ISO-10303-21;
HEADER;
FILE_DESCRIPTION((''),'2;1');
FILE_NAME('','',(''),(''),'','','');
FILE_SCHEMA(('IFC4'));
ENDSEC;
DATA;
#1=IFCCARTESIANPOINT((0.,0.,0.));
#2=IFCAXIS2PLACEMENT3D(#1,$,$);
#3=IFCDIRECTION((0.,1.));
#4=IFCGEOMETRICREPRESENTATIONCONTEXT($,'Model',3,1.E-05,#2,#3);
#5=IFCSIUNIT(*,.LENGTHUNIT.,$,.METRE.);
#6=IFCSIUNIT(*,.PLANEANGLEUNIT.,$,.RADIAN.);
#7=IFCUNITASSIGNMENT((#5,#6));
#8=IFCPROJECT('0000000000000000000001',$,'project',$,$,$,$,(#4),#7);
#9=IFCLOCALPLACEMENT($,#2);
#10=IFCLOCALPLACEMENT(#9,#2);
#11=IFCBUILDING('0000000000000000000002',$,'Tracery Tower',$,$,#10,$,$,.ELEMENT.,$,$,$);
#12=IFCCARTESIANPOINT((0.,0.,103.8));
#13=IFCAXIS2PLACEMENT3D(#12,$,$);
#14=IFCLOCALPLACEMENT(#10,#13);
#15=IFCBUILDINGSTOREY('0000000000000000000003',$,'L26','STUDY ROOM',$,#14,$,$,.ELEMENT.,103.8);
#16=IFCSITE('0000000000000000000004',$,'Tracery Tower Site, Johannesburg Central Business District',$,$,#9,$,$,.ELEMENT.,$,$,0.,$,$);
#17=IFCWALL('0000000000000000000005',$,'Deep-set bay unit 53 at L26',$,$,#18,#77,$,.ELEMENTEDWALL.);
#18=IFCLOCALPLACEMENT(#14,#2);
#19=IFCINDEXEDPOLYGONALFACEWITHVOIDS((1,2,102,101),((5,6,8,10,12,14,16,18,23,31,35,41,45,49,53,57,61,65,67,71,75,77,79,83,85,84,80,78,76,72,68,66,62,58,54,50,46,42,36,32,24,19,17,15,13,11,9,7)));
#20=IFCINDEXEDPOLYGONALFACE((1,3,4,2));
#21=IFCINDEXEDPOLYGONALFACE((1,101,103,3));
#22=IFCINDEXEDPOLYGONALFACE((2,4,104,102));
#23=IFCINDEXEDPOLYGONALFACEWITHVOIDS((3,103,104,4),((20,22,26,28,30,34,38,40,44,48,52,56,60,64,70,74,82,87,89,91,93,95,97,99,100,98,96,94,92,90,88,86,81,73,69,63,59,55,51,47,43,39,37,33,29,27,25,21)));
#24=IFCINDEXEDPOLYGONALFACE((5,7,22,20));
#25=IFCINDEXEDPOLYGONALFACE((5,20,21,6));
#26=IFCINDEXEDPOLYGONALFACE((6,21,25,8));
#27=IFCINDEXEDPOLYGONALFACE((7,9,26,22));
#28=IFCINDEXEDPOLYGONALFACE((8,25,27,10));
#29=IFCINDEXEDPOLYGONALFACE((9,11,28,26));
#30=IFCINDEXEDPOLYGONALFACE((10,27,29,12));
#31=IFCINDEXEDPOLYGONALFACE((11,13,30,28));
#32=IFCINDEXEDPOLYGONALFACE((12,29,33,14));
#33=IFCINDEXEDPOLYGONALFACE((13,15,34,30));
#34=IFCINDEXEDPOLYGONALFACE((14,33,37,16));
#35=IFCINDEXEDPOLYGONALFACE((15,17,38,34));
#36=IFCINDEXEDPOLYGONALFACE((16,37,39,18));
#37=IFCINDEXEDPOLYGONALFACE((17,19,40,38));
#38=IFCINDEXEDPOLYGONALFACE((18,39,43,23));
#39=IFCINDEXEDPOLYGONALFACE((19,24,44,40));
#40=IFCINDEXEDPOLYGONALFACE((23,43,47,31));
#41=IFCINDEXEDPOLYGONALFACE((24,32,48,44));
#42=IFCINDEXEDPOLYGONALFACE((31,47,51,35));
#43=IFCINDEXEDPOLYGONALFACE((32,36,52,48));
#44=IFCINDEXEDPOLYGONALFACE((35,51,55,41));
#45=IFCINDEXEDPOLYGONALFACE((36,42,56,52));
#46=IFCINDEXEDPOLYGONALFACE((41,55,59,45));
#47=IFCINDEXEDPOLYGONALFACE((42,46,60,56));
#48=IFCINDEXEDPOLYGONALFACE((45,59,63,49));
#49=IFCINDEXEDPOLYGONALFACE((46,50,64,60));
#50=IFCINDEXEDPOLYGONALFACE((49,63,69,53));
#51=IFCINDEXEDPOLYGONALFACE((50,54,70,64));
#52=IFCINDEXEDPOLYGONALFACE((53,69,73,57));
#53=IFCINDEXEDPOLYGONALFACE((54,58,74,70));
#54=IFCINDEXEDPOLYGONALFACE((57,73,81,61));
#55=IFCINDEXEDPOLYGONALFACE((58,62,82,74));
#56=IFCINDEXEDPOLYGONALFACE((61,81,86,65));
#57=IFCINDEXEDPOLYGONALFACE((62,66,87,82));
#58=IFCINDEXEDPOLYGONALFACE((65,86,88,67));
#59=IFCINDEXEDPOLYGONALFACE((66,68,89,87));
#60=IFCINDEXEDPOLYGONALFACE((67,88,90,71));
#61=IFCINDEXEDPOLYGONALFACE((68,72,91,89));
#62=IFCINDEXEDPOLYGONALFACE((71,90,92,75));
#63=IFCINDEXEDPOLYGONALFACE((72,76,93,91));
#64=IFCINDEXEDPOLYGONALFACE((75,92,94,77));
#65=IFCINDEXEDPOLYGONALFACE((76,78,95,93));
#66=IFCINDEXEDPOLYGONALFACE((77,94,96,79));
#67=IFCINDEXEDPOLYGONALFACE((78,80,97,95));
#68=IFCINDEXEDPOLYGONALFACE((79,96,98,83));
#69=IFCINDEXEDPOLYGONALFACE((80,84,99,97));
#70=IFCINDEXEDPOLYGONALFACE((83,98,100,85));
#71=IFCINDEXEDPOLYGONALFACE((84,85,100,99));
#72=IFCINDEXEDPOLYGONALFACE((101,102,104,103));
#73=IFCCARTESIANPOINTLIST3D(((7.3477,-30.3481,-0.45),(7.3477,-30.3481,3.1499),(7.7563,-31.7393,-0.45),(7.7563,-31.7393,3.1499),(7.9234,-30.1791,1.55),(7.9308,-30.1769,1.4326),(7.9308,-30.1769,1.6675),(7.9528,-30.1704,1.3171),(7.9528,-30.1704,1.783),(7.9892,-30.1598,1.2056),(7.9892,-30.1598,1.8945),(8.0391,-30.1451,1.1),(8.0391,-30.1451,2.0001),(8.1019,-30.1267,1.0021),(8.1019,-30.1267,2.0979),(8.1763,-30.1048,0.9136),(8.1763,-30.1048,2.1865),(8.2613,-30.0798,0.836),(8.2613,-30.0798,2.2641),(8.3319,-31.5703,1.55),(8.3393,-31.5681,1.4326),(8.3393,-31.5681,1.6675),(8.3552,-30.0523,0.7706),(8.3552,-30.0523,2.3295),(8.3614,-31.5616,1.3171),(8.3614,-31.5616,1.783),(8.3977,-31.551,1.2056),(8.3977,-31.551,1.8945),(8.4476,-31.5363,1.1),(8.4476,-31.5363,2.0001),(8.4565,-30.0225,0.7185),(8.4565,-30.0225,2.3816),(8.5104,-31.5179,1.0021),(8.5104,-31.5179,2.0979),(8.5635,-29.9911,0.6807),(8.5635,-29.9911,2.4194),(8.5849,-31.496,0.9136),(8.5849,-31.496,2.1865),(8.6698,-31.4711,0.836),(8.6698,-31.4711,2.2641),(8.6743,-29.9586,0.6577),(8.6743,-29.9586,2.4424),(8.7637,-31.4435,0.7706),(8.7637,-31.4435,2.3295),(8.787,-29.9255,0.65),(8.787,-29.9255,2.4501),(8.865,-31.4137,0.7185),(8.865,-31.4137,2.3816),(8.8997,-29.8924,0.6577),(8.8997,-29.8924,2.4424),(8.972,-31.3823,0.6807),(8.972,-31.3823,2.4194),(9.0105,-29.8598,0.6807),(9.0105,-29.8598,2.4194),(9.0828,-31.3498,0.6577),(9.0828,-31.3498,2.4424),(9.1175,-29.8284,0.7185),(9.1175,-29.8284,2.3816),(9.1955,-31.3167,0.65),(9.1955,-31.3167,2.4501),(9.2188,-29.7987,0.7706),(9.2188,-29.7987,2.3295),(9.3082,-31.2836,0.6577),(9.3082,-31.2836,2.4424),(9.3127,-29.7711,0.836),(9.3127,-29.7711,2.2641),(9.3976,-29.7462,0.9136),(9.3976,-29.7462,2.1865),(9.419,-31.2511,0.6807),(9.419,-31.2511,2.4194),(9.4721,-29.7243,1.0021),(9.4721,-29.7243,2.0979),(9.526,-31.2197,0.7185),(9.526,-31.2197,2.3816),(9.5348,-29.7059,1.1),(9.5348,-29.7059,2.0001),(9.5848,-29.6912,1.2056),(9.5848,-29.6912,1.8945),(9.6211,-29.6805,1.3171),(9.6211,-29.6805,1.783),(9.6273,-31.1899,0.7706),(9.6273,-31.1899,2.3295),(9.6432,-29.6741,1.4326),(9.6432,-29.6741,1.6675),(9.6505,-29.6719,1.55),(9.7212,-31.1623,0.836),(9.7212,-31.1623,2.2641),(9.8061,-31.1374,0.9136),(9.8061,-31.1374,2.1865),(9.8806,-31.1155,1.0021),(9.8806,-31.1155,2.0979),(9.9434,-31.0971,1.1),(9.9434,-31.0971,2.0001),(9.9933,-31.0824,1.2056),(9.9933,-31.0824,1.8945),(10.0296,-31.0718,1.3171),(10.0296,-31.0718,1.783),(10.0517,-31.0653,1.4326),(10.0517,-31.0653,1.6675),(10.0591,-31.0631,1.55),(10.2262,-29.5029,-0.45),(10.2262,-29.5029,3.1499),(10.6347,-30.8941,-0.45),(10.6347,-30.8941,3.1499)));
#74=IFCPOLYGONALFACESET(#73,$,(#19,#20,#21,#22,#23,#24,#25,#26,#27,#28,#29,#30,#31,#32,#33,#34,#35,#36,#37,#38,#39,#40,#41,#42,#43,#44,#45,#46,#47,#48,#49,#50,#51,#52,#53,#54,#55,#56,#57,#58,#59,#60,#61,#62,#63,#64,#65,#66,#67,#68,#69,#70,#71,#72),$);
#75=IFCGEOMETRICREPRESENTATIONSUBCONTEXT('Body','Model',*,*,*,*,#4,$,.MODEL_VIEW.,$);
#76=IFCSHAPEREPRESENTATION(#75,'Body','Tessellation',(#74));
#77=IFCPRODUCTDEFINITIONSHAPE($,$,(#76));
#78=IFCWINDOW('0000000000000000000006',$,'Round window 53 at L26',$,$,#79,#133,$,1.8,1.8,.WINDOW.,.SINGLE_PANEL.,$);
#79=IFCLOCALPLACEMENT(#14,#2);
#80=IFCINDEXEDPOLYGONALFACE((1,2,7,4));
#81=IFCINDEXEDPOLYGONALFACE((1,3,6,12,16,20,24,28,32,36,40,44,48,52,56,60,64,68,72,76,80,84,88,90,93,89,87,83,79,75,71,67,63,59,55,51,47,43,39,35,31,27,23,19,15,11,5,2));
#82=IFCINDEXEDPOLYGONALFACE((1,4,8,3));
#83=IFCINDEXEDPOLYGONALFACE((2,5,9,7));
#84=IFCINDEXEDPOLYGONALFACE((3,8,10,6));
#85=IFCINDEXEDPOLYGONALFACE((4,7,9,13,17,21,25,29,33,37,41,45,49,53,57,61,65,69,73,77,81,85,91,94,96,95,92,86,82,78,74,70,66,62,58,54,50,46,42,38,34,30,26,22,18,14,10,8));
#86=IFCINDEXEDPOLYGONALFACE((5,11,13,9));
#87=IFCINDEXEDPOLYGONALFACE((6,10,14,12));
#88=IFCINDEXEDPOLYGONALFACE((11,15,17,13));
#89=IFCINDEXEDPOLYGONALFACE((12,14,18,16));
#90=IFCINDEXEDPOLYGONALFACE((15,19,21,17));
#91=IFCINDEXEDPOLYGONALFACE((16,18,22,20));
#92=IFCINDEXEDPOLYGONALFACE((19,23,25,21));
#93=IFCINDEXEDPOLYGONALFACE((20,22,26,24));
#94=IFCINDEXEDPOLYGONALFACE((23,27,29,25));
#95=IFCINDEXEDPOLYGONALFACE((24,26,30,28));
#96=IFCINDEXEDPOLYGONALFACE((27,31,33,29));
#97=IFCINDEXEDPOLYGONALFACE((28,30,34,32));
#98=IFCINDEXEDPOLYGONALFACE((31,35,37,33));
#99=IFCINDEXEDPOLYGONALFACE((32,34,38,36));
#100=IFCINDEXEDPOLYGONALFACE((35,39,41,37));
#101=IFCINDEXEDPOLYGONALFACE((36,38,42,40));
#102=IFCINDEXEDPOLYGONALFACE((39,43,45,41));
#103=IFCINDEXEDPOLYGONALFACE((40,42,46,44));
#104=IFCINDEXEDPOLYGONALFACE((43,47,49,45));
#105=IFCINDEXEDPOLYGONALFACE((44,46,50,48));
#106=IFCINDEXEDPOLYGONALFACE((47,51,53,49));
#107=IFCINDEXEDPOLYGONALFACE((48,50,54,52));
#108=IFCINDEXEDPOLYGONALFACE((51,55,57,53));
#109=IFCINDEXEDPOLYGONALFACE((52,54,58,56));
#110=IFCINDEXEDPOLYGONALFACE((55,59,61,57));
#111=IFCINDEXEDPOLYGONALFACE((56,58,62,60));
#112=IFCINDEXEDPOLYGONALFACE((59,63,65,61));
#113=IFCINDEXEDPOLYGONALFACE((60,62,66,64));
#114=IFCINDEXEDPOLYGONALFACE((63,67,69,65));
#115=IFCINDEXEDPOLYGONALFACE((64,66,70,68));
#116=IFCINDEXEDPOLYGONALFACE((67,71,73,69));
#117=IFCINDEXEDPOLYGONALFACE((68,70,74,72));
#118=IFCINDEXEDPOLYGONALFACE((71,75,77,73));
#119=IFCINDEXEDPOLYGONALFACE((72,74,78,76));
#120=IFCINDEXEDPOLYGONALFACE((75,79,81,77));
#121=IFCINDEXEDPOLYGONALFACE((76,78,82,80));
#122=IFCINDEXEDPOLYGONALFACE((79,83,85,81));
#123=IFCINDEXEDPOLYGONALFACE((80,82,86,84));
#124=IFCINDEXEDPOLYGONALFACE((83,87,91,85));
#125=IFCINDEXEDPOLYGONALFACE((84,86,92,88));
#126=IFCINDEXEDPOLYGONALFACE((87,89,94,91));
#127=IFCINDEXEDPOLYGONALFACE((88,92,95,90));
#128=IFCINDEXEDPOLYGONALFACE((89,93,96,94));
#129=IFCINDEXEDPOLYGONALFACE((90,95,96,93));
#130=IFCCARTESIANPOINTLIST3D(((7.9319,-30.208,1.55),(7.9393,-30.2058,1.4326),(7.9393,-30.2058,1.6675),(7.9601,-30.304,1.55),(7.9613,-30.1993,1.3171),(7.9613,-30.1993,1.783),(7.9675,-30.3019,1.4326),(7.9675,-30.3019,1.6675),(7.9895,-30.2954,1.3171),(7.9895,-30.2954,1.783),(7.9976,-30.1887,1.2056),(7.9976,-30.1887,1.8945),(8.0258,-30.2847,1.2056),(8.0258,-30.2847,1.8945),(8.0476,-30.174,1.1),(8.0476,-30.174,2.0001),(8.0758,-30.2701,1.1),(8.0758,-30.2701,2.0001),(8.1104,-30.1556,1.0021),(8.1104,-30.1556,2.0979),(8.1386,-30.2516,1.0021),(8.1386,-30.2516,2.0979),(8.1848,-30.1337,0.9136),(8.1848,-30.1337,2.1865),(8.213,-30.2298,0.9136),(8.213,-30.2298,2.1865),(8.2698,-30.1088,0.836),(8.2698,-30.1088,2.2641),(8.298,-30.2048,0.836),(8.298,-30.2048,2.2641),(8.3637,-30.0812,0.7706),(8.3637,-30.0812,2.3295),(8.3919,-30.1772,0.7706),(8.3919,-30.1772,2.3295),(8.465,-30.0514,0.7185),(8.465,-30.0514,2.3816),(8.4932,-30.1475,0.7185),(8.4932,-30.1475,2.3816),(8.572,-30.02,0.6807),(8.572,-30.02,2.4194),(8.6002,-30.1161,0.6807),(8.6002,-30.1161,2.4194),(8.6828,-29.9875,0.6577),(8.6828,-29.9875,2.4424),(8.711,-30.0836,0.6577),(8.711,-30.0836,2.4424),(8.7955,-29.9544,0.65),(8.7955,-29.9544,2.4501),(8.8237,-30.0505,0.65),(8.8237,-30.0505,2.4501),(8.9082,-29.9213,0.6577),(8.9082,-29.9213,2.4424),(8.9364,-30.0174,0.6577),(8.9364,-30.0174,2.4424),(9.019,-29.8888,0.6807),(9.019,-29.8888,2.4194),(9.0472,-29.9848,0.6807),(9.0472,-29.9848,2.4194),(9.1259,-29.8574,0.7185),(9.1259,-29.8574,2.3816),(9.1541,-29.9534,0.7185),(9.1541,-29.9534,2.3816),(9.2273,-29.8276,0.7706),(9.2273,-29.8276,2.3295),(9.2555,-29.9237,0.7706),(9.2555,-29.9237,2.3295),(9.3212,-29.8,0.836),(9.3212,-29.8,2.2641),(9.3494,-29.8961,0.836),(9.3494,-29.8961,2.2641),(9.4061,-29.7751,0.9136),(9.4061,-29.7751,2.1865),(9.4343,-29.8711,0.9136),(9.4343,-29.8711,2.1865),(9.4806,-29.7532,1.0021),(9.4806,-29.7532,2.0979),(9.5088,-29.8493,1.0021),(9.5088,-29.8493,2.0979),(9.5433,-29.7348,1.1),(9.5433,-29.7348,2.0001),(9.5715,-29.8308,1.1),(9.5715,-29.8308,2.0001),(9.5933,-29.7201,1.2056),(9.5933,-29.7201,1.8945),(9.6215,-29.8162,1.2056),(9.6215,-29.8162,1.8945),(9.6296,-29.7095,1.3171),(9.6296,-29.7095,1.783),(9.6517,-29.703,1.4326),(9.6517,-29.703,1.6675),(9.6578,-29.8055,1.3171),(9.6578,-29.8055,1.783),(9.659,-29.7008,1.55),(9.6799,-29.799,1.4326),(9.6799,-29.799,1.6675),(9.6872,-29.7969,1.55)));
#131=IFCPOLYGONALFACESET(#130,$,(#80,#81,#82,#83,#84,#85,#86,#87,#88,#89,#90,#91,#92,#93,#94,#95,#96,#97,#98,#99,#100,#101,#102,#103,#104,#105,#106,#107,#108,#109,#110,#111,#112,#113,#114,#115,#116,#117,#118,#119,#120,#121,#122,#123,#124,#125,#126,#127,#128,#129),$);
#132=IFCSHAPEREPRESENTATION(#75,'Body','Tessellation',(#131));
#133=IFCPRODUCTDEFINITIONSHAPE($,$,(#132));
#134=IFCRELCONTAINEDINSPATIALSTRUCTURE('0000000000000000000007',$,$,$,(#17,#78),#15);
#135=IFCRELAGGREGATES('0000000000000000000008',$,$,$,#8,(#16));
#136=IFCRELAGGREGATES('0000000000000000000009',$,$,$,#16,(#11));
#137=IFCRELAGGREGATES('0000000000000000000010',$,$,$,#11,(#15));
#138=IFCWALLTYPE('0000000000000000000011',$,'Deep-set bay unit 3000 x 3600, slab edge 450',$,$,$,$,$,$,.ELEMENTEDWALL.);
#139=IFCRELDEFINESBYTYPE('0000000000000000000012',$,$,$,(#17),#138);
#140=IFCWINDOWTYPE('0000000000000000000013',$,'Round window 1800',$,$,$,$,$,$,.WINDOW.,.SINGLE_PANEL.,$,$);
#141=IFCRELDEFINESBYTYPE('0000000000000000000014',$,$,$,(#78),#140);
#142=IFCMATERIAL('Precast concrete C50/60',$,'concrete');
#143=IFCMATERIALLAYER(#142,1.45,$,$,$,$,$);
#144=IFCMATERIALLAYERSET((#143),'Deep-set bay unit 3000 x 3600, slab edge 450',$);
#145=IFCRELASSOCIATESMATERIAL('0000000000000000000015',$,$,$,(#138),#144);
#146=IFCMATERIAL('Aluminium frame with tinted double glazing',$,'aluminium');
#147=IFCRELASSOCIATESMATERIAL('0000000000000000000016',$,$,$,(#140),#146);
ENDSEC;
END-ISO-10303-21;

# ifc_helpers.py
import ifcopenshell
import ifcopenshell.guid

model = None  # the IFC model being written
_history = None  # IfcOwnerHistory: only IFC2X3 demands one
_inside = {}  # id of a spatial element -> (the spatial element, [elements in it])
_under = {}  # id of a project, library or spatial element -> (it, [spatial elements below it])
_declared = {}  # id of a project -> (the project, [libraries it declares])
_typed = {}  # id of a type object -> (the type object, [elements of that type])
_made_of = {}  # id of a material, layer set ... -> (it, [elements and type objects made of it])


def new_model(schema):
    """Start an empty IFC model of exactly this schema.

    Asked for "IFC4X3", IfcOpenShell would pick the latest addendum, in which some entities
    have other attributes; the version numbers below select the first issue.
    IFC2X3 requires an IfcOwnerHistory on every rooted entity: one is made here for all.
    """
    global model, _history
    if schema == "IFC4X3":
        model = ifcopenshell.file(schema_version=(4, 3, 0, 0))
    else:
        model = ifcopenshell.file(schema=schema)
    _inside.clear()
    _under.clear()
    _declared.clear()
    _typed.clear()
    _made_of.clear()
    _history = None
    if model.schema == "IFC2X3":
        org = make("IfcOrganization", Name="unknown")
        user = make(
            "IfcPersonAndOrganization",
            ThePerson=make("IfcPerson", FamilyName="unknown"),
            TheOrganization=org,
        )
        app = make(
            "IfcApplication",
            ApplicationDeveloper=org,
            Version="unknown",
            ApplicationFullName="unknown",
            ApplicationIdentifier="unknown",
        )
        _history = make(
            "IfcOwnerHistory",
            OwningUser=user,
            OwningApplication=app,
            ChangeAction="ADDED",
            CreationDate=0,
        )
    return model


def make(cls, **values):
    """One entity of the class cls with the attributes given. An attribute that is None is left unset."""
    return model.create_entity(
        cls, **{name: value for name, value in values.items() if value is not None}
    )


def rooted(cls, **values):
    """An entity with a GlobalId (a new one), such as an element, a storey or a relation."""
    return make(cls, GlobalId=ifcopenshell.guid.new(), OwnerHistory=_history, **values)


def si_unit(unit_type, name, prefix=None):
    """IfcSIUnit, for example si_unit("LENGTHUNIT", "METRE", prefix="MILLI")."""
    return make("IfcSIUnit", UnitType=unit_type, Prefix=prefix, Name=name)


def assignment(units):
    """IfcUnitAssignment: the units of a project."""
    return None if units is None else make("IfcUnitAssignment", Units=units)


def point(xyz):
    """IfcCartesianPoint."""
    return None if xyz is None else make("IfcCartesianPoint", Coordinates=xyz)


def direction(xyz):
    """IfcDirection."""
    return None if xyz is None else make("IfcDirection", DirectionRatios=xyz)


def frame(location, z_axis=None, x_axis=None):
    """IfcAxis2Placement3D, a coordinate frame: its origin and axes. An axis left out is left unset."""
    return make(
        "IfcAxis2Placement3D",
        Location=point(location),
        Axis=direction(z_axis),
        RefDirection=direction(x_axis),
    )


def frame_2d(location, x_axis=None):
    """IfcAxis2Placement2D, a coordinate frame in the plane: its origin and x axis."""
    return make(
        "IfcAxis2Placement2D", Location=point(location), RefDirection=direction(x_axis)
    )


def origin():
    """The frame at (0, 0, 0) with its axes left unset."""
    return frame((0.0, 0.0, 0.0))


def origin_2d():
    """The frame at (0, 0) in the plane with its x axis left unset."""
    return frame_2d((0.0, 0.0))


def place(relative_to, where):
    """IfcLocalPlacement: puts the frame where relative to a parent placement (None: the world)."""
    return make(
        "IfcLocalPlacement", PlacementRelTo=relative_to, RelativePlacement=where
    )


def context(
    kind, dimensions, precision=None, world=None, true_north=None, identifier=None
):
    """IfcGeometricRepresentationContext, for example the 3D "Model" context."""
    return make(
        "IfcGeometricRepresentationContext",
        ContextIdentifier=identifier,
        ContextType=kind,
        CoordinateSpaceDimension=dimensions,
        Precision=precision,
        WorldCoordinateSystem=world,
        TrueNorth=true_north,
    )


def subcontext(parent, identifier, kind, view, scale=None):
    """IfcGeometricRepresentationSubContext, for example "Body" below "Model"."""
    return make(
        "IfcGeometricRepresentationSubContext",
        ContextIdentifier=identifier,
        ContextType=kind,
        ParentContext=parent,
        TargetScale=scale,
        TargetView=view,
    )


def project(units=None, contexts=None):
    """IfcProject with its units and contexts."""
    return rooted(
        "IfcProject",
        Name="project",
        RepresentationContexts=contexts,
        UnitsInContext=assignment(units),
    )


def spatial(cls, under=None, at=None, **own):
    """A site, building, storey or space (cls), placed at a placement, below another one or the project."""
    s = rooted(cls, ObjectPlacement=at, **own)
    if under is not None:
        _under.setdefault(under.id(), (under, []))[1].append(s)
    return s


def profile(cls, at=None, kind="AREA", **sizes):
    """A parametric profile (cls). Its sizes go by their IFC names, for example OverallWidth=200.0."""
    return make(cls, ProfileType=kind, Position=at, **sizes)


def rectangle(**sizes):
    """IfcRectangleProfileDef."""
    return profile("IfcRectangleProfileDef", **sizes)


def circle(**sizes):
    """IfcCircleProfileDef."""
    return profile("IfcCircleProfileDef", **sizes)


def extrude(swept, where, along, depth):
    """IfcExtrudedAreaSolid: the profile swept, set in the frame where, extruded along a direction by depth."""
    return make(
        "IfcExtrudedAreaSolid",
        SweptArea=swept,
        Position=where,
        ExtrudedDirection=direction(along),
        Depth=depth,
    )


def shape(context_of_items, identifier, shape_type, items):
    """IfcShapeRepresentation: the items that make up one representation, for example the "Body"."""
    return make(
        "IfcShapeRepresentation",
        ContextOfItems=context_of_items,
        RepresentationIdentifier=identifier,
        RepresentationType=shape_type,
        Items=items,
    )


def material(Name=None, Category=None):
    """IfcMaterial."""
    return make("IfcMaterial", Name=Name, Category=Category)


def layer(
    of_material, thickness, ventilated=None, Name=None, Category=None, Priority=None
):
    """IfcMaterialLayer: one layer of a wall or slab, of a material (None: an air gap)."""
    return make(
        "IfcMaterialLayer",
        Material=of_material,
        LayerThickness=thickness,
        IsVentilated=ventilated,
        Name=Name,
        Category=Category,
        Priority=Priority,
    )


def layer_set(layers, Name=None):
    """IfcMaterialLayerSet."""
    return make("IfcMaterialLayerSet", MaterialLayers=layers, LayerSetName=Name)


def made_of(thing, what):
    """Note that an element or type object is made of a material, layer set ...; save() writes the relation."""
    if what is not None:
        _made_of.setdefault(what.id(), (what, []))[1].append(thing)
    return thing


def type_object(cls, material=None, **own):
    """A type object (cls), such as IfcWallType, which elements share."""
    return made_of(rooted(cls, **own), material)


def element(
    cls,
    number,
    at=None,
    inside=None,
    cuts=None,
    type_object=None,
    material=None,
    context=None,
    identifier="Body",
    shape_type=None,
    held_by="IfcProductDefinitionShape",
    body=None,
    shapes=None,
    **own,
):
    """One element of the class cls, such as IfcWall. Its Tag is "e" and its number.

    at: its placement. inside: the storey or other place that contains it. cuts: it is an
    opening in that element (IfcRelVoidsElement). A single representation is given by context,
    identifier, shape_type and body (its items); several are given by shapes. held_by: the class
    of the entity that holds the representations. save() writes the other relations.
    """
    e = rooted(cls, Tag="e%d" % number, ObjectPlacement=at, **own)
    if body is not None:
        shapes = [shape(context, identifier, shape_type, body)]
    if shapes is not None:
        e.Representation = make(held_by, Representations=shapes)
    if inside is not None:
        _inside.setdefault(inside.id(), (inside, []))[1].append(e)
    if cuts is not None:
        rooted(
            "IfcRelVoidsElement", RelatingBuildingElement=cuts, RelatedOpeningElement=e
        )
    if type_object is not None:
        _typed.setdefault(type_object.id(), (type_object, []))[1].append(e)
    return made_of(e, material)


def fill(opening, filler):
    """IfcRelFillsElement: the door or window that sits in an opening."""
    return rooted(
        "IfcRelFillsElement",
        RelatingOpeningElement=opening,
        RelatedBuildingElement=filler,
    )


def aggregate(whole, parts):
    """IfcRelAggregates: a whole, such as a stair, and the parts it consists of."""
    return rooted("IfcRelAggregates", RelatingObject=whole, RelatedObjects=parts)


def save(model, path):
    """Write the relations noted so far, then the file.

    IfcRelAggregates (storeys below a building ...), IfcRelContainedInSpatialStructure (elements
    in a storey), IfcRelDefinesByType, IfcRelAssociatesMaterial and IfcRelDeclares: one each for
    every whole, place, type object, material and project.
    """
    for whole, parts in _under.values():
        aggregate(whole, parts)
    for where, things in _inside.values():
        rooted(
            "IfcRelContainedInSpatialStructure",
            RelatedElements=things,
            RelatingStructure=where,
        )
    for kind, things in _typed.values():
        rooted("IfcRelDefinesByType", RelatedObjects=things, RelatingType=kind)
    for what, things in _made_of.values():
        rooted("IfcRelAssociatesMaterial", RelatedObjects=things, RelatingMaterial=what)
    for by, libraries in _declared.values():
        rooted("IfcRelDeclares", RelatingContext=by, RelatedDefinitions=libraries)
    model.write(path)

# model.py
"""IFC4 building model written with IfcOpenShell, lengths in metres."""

from ifc_helpers import new_model, si_unit, direction, frame, frame_2d, origin, origin_2d, place, context, subcontext, project, spatial, rectangle, circle, extrude, material, layer, layer_set, type_object, element, fill, save


model = new_model("IFC4")

# Units and contexts
model_context = context("Model", 3, precision=1e-05, world=origin(), true_north=direction((0.0, 1.0)))
body_context = subcontext(model_context, "Body", "Model", "MODEL_VIEW")
ifc_project = project(units=[si_unit("LENGTHUNIT", "METRE"), si_unit("PLANEANGLEUNIT", "RADIAN")], contexts=[model_context])

# Site, building, storey
site_placement = place(None, origin())
site = spatial("IfcSite", under=ifc_project, at=site_placement, Name="Tracery Tower Site, Johannesburg Central Business District", CompositionType="ELEMENT", RefElevation=0.0)
building_placement = place(site_placement, origin())
building = spatial("IfcBuilding", under=site, at=building_placement, Name="Tracery Tower", CompositionType="ELEMENT")
storey_placement = place(building_placement, frame((0.0, 0.0, 103.8)))
storey = spatial("IfcBuildingStorey", under=building, at=storey_placement, Name="L26", Description="STUDY ROOM", CompositionType="ELEMENT", Elevation=103.8)

# Wall, opening, window
ifc_material_1 = material(Name="Precast concrete C50/60", Category="concrete")
ifc_layer_1 = layer(ifc_material_1, 1.45)
ifc_layer_set_1 = layer_set([ifc_layer_1], Name="Deep-set bay unit 3000 x 3600, slab edge 450")
wall_type_1 = type_object("IfcWallType", Name="Deep-set bay unit 3000 x 3600, slab edge 450", PredefinedType="ELEMENTEDWALL", material=ifc_layer_set_1)
wall_1_placement = place(storey_placement, frame((7.552, -31.0437, -0.45), z_axis=(0.0, 0.0, 1.0), x_axis=(0.95949, 0.281743, 0.0)))
wall_1 = element("IfcWall", 1, at=wall_1_placement, inside=storey, type_object=wall_type_1, Name="Deep-set bay unit 53 at L26", PredefinedType="ELEMENTEDWALL", context=body_context, shape_type="SweptSolid", body=[
    extrude(rectangle(XDim=3.0, YDim=1.45, at=frame_2d((1.5, 0.0))), origin(), (0.0, 0.0, 1.0), 3.5999),
])
opening_1_placement = place(wall_1_placement, frame((1.5, 0.0, 2.0)))
opening_1 = element("IfcOpeningElement", 2, at=opening_1_placement, cuts=wall_1, PredefinedType="OPENING", context=body_context, shape_type="SweptSolid", body=[
    extrude(circle(Radius=0.9, at=origin_2d()), frame((0.0, 0.7349, 0.0), z_axis=(0.0, -1.0, 0.0), x_axis=(1.0, 0.0, 0.0)), (0.0, 0.0, 1.0), 1.47),
])
ifc_material_2 = material(Name="Aluminium frame with tinted double glazing", Category="aluminium")
window_type = type_object("IfcWindowType", Name="Round window 1800", PartitioningType="SINGLE_PANEL", PredefinedType="WINDOW", material=ifc_material_2)
window_1_placement = place(opening_1_placement, origin())
window_1 = element("IfcWindow", 3, at=window_1_placement, inside=storey, type_object=window_type, Name="Round window 53 at L26", OverallHeight=1.8, OverallWidth=1.8, PartitioningType="SINGLE_PANEL", PredefinedType="WINDOW", context=body_context, shape_type="SweptSolid", body=[
    extrude(circle(Radius=0.9, at=origin_2d()), frame((0.0, 0.6948, 0.0), z_axis=(0.0, -1.0, 0.0), x_axis=(1.0, 0.0, 0.0)), (0.0, 0.0, 1.0), 0.1001),
])
fill(opening_1, window_1)

save(model, "model.ifc")
